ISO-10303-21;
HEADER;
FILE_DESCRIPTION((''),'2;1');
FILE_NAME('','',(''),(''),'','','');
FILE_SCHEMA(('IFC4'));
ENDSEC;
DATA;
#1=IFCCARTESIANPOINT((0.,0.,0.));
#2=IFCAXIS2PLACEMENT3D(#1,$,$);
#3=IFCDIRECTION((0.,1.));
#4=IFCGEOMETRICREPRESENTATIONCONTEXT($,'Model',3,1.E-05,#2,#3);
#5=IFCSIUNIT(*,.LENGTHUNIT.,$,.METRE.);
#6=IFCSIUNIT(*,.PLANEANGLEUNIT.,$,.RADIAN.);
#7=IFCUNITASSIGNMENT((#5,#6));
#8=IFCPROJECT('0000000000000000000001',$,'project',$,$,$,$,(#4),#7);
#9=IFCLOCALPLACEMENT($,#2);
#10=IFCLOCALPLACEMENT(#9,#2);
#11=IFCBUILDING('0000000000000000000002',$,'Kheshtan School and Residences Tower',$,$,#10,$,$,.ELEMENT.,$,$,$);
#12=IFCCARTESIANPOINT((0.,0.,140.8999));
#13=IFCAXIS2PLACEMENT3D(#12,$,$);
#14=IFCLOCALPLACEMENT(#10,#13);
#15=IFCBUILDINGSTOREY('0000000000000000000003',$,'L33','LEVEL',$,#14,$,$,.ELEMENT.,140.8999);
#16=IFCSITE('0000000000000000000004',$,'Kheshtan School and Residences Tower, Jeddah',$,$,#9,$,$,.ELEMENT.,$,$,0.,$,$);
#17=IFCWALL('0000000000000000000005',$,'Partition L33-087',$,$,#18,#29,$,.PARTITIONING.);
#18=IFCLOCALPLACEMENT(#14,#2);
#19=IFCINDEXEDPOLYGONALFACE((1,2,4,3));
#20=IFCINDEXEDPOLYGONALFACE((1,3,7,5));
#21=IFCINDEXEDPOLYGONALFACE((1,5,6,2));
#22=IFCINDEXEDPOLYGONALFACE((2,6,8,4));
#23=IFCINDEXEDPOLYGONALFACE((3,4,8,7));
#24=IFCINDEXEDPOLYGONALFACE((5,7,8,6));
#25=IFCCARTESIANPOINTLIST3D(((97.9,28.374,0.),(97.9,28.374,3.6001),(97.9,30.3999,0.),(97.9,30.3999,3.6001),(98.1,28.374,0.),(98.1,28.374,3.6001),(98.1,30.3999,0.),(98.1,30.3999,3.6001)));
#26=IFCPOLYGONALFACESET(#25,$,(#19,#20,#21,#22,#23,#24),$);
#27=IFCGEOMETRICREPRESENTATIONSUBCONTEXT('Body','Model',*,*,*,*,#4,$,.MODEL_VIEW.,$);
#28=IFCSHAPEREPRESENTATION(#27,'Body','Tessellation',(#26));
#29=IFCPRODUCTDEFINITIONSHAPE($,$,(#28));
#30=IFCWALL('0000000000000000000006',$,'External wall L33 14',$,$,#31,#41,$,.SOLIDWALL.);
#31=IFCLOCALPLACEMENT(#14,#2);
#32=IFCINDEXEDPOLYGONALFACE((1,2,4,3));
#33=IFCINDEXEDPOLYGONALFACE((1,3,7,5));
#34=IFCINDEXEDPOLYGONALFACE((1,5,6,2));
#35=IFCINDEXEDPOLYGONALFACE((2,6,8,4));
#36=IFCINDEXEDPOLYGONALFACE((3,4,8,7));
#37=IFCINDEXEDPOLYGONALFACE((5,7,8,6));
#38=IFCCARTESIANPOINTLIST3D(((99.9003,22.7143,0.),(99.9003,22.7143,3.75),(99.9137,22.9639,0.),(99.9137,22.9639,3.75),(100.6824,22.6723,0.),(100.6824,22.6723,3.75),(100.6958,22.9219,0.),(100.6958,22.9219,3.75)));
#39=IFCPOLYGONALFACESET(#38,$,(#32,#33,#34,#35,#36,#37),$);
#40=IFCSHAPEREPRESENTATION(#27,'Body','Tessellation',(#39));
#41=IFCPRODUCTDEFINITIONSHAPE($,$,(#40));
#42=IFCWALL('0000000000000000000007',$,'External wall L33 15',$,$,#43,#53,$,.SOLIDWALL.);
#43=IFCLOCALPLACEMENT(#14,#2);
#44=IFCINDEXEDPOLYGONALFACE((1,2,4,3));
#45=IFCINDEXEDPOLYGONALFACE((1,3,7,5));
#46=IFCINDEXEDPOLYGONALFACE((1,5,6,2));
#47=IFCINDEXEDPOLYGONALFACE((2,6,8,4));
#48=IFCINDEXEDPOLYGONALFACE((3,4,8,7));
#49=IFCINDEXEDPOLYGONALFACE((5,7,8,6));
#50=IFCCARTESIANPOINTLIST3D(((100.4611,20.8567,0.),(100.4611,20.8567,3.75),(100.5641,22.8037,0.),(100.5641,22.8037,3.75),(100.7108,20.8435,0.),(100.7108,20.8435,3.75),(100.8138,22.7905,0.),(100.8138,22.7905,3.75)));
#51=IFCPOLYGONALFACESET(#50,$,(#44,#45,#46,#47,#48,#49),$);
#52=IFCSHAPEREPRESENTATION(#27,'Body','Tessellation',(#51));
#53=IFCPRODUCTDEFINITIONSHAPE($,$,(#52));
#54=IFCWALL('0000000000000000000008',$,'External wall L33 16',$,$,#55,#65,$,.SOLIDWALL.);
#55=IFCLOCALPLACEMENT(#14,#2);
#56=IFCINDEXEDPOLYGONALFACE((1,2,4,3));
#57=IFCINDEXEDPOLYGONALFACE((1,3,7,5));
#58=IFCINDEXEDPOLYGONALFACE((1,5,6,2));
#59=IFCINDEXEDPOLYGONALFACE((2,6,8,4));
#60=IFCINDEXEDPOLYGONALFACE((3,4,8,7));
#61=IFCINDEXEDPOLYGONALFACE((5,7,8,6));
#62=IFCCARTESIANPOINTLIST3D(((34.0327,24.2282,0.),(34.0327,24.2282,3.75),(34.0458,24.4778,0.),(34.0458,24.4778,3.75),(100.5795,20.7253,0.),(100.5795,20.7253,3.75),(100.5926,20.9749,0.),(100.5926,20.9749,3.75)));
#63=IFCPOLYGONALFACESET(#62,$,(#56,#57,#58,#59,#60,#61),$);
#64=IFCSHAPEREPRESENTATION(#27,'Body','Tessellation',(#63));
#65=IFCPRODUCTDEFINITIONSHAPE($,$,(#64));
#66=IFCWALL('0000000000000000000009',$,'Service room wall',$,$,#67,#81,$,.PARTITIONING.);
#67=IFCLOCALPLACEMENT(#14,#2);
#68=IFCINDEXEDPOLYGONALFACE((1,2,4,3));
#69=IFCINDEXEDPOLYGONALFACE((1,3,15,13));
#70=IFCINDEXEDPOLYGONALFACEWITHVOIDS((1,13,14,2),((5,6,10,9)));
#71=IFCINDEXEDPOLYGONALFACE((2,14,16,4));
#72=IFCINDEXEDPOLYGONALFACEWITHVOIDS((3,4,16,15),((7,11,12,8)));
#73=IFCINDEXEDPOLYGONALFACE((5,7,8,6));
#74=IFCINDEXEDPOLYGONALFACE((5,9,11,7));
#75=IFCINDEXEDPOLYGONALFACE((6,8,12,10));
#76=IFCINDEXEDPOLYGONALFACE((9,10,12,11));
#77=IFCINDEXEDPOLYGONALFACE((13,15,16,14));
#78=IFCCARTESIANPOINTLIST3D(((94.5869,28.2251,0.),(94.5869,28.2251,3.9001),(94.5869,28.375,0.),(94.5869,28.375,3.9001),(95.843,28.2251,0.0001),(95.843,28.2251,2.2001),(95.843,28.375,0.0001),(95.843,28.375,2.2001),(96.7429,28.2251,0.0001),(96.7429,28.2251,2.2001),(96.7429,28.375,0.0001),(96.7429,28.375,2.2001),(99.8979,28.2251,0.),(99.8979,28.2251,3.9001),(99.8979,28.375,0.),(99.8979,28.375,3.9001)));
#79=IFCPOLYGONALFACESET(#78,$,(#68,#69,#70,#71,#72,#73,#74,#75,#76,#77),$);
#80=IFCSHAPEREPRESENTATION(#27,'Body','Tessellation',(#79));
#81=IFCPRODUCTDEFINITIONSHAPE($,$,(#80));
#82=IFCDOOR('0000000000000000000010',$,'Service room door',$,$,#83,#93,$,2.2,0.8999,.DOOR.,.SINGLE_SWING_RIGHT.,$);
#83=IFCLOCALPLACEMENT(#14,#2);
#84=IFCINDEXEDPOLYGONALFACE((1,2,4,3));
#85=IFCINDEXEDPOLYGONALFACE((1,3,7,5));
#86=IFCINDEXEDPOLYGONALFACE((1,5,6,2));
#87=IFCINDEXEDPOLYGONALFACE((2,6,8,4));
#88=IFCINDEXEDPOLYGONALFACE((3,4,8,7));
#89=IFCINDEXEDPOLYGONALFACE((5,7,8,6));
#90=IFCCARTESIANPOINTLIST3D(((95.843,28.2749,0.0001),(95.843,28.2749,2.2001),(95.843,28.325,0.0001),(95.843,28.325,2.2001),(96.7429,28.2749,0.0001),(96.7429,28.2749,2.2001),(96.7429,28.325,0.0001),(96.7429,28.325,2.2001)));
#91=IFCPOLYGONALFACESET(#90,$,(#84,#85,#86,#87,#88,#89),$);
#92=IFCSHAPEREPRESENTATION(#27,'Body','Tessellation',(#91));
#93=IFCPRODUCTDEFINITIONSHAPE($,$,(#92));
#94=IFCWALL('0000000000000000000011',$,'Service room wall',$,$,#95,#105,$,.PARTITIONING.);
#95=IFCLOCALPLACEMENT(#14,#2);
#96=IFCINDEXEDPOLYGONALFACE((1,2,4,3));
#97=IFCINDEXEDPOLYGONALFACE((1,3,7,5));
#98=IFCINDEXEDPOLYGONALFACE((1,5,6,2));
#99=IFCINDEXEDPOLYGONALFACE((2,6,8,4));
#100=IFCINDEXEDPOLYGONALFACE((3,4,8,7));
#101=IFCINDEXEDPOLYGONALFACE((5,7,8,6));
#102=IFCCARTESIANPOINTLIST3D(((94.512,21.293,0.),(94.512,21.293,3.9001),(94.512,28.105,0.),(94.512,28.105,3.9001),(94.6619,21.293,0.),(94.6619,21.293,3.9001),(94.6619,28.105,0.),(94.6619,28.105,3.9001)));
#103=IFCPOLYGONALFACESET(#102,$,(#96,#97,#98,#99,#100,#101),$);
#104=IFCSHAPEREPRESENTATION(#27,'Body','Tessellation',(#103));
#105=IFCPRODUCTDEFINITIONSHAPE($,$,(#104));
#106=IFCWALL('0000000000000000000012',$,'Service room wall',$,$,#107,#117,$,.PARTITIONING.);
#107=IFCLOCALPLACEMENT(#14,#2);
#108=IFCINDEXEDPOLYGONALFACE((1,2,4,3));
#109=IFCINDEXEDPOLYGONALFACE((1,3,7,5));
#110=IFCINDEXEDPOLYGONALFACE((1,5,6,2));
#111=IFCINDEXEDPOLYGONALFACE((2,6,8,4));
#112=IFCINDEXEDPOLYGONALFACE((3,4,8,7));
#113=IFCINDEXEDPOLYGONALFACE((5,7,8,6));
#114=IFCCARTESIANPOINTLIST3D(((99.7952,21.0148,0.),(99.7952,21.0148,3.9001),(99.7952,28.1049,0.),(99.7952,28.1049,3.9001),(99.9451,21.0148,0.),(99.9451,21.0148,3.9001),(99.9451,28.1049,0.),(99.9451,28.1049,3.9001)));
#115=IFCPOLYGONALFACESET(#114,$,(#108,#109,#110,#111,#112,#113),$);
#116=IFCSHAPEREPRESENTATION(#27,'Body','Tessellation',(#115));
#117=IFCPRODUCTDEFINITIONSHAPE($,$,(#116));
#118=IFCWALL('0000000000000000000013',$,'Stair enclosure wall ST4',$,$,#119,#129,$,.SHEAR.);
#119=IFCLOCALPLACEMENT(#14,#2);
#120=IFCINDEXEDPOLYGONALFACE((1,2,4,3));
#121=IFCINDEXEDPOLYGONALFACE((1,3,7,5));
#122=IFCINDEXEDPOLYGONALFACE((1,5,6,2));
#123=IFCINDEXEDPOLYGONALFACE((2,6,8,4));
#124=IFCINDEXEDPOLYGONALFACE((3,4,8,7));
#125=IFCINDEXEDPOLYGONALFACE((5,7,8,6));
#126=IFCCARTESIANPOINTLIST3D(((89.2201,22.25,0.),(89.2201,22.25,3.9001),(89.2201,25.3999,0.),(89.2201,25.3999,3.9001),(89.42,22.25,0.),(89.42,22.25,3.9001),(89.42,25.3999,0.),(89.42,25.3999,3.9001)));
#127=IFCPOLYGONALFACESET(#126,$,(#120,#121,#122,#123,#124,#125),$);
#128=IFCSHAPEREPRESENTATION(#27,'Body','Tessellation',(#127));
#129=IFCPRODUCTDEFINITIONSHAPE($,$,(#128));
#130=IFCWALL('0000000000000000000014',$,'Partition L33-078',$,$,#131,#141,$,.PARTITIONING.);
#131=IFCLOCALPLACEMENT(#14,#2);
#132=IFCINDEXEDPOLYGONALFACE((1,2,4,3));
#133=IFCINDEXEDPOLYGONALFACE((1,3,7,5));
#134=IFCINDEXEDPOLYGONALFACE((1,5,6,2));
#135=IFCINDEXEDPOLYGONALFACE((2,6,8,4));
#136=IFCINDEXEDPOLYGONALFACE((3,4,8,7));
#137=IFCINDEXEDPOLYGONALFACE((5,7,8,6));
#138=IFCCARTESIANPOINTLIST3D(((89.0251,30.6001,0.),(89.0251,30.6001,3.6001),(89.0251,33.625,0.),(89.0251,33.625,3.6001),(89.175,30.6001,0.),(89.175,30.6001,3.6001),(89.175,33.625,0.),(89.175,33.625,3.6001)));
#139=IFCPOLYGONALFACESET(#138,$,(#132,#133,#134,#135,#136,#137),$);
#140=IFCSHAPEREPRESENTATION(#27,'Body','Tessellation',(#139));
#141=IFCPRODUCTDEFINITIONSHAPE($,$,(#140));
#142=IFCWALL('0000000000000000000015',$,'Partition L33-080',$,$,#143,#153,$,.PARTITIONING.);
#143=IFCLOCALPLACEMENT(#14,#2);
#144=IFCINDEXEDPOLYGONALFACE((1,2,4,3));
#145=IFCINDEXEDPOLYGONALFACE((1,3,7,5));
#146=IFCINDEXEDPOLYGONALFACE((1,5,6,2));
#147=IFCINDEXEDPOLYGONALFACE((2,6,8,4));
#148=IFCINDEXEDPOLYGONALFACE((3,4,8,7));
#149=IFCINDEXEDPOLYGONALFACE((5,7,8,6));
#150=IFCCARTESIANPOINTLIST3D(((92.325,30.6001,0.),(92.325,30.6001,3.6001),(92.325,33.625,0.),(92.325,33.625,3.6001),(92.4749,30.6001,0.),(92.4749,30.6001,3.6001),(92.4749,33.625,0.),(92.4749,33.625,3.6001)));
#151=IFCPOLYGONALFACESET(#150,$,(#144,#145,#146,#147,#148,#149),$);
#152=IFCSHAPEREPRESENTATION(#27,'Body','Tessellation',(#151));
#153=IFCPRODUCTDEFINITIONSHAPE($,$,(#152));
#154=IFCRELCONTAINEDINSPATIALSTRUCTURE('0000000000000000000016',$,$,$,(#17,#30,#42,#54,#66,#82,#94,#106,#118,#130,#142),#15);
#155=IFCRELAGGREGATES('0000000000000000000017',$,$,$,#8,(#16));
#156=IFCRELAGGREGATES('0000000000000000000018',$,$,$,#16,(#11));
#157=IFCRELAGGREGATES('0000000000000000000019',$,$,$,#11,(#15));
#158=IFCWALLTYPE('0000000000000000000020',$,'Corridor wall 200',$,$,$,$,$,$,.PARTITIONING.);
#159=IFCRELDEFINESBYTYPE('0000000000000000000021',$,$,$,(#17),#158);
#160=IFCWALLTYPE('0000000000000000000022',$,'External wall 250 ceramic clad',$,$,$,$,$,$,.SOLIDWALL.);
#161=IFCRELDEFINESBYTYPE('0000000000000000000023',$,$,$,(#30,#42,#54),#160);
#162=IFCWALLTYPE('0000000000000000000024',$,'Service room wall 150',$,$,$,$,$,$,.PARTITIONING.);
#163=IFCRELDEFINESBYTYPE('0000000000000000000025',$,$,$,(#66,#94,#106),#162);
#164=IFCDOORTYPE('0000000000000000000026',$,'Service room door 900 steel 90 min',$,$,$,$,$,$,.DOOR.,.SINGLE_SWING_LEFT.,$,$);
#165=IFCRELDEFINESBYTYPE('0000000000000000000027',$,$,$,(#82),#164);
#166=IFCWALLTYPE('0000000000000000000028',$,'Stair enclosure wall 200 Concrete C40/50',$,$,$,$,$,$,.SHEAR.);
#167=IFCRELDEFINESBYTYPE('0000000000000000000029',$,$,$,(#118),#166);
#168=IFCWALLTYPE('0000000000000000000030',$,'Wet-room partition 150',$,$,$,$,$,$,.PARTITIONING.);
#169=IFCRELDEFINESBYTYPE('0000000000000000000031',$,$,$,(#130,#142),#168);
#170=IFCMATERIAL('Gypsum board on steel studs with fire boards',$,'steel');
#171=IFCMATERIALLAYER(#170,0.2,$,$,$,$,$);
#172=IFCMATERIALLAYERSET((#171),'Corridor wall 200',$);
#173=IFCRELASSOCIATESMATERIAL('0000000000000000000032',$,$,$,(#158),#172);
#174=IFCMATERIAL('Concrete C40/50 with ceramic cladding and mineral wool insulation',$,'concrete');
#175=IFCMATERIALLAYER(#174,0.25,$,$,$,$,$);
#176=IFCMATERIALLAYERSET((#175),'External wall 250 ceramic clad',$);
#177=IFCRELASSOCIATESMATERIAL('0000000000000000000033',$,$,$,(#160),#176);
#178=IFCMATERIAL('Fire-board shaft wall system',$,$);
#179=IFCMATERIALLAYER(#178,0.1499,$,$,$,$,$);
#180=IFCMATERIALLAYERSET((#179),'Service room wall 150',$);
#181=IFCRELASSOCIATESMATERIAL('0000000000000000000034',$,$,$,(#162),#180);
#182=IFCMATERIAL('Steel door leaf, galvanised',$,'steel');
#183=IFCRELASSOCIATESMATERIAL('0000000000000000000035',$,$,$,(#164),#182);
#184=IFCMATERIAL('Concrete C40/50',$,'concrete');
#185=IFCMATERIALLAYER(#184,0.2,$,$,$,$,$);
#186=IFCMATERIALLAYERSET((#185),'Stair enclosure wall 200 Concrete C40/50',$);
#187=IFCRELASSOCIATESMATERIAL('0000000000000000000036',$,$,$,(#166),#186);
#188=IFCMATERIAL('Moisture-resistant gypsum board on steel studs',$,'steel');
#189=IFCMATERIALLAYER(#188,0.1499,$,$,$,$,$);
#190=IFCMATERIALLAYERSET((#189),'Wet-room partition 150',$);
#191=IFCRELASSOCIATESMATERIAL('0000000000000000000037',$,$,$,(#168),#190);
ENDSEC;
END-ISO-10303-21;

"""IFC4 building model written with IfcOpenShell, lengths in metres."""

from ifc_helpers import new_model, si_unit, direction, frame, frame_2d, origin, place, context, subcontext, project, spatial, rectangle, extrude, source, transform, mapped, material, layer, layer_set, type_object, element, fill, save


model = new_model("IFC4")

# Units and contexts
model_context = context("Model", 3, precision=1e-05, world=origin(), true_north=direction((0.0, 1.0)))
body_context = subcontext(model_context, "Body", "Model", "MODEL_VIEW")
ifc_project = project(units=[si_unit("LENGTHUNIT", "METRE"), si_unit("PLANEANGLEUNIT", "RADIAN")], contexts=[model_context])

# Site, building, storey
site_placement = place(None, origin())
site = spatial("IfcSite", under=ifc_project, at=site_placement, Name="Kheshtan School and Residences Tower, Jeddah", CompositionType="ELEMENT", RefElevation=0.0)
building_placement = place(site_placement, origin())
building = spatial("IfcBuilding", under=site, at=building_placement, Name="Kheshtan School and Residences Tower", CompositionType="ELEMENT")
storey_placement = place(building_placement, frame((0.0, 0.0, 140.8999)))
storey = spatial("IfcBuildingStorey", under=building, at=storey_placement, Name="L33", Description="LEVEL", CompositionType="ELEMENT", Elevation=140.8999)

# Walls
ifc_material_1 = material(Name="Gypsum board on steel studs with fire boards", Category="steel")
ifc_layer_1 = layer(ifc_material_1, 0.2)
ifc_layer_set_1 = layer_set([ifc_layer_1], Name="Corridor wall 200")
wall_type_1 = type_object("IfcWallType", Name="Corridor wall 200", PredefinedType="PARTITIONING", material=ifc_layer_set_1)
wall_1_placement = place(storey_placement, frame((98.0, 28.374, 0.0), z_axis=(0.0, 0.0, 1.0), x_axis=(0.0, 1.0, 0.0)))
element("IfcWall", 1, at=wall_1_placement, inside=storey, type_object=wall_type_1, Name="Partition L33-087", PredefinedType="PARTITIONING", context=body_context, shape_type="SweptSolid", body=[
    extrude(rectangle(XDim=2.0259, YDim=0.2, at=frame_2d((1.0129, 0.0))), origin(), (0.0, 0.0, 1.0), 3.6001),
])
ifc_material_2 = material(Name="Concrete C40/50 with ceramic cladding and mineral wool insulation", Category="concrete")
ifc_layer_2 = layer(ifc_material_2, 0.25)
ifc_layer_set_2 = layer_set([ifc_layer_2], Name="External wall 250 ceramic clad")
wall_type_2 = type_object("IfcWallType", Name="External wall 250 ceramic clad", PredefinedType="SOLIDWALL", material=ifc_layer_set_2)
wall_2_placement = place(storey_placement, frame((99.907, 22.8391, 0.0), z_axis=(0.0, 0.0, 1.0), x_axis=(0.998561, -0.053622, 0.0)))
element("IfcWall", 2, at=wall_2_placement, inside=storey, type_object=wall_type_2, Name="External wall L33 14", PredefinedType="SOLIDWALL", context=body_context, shape_type="SweptSolid", body=[
    extrude(rectangle(XDim=0.7832, YDim=0.25, at=frame_2d((0.3916, 0.0))), origin(), (0.0, 0.0, 1.0), 3.75),
])
wall_3_placement = place(storey_placement, frame((100.689, 22.7971, 0.0), z_axis=(0.0, 0.0, 1.0), x_axis=(-0.052841, -0.998603, 0.0)))
element("IfcWall", 3, at=wall_3_placement, inside=storey, type_object=wall_type_2, Name="External wall L33 15", PredefinedType="SOLIDWALL", context=body_context, shape_type="SweptSolid", body=[
    extrude(rectangle(XDim=1.9497, YDim=0.25, at=frame_2d((0.9749, 0.0))), origin(), (0.0, 0.0, 1.0), 3.75),
])
wall_4_placement = place(storey_placement, frame((100.5859, 20.8501, 0.0), z_axis=(0.0, 0.0, 1.0), x_axis=(-0.998617, 0.052566, 0.0)))
element("IfcWall", 4, at=wall_4_placement, inside=storey, type_object=wall_type_2, Name="External wall L33 16", PredefinedType="SOLIDWALL", context=body_context, shape_type="SweptSolid", body=[
    extrude(rectangle(XDim=66.6389, YDim=0.25, at=frame_2d((33.3193, 0.0))), origin(), (0.0, 0.0, 1.0), 3.75),
])

# Wall, opening, door
ifc_material_3 = material(Name="Fire-board shaft wall system")
ifc_layer_3 = layer(ifc_material_3, 0.1499)
ifc_layer_set_3 = layer_set([ifc_layer_3], Name="Service room wall 150")
wall_type_3 = type_object("IfcWallType", Name="Service room wall 150", PredefinedType="PARTITIONING", material=ifc_layer_set_3)
wall_5_placement = place(storey_placement, frame((94.5869, 28.3, 0.0), z_axis=(0.0, 0.0, 1.0), x_axis=(1.0, 0.0, 0.0)))
wall_5 = element("IfcWall", 5, at=wall_5_placement, inside=storey, type_object=wall_type_3, Name="Service room wall", PredefinedType="PARTITIONING", context=body_context, shape_type="SweptSolid", body=[
    extrude(rectangle(XDim=5.311, YDim=0.1499, at=frame_2d((2.6555, 0.0))), origin(), (0.0, 0.0, 1.0), 3.9001),
])
opening_1_placement = place(wall_5_placement, frame((1.2561, 0.0, 0.0)))
opening_1 = element("IfcOpeningElement", 6, at=opening_1_placement, cuts=wall_5, PredefinedType="OPENING", context=body_context, shape_type="SweptSolid", body=[
    extrude(rectangle(XDim=0.8999, YDim=2.2, at=frame_2d((0.45, 1.1001))), frame((0.0, 0.085, 0.0), z_axis=(0.0, -1.0, 0.0), x_axis=(1.0, 0.0, 0.0)), (0.0, 0.0, 1.0), 0.1699),
])
ifc_material_4 = material(Name="Steel door leaf, galvanised", Category="steel")
door_type_1 = type_object("IfcDoorType", Name="Service room door 900 steel 90 min", OperationType="SINGLE_SWING_LEFT", PredefinedType="DOOR", material=ifc_material_4)
shared_shape_1 = source(origin(), body_context, "Body", "SweptSolid", [
    extrude(rectangle(XDim=0.8999, YDim=2.2, at=frame_2d((0.45, 1.1001))), frame((0.0, 0.0249, 0.0), z_axis=(0.0, -1.0, 0.0), x_axis=(1.0, 0.0, 0.0)), (0.0, 0.0, 1.0), 0.05),
])
door_1_placement = place(opening_1_placement, origin())
door_1 = element("IfcDoor", 7, at=door_1_placement, inside=storey, type_object=door_type_1, Name="Service room door", OperationType="SINGLE_SWING_RIGHT", OverallHeight=2.2, OverallWidth=0.8999, PredefinedType="DOOR", context=body_context, shape_type="MappedRepresentation", body=[
    mapped(shared_shape_1, transform((0.0, 0.0, 0.0), x_axis=(1.0, 0.0, 0.0), y_axis=(0.0, 1.0, 0.0), z_axis=(0.0, 0.0, 1.0), scale=1.0)),
])
fill(opening_1, door_1)

# Walls
wall_6_placement = place(storey_placement, frame((94.5869, 21.293, 0.0), z_axis=(0.0, 0.0, 1.0), x_axis=(0.0, 1.0, 0.0)))
element("IfcWall", 8, at=wall_6_placement, inside=storey, type_object=wall_type_3, Name="Service room wall", PredefinedType="PARTITIONING", context=body_context, shape_type="SweptSolid", body=[
    extrude(rectangle(XDim=6.812, YDim=0.1499, at=frame_2d((3.406, 0.0))), origin(), (0.0, 0.0, 1.0), 3.9001),
])
wall_7_placement = place(storey_placement, frame((99.8701, 21.0149, 0.0), z_axis=(0.0, 0.0, 1.0), x_axis=(0.0, 1.0, 0.0)))
element("IfcWall", 9, at=wall_7_placement, inside=storey, type_object=wall_type_3, Name="Service room wall", PredefinedType="PARTITIONING", context=body_context, shape_type="SweptSolid", body=[
    extrude(rectangle(XDim=7.0901, YDim=0.1499, at=frame_2d((3.5449, 0.0))), origin(), (0.0, 0.0, 1.0), 3.9001),
])
ifc_material_5 = material(Name="Concrete C40/50", Category="concrete")
ifc_layer_4 = layer(ifc_material_5, 0.2)
ifc_layer_set_4 = layer_set([ifc_layer_4], Name="Stair enclosure wall 200 Concrete C40/50")
wall_type_4 = type_object("IfcWallType", Name="Stair enclosure wall 200 Concrete C40/50", PredefinedType="SHEAR", material=ifc_layer_set_4)
wall_8_placement = place(storey_placement, frame((89.3201, 22.25, 0.0), z_axis=(0.0, 0.0, 1.0), x_axis=(0.0, 1.0, 0.0)))
element("IfcWall", 10, at=wall_8_placement, inside=storey, type_object=wall_type_4, Name="Stair enclosure wall ST4", PredefinedType="SHEAR", context=body_context, shape_type="SweptSolid", body=[
    extrude(rectangle(XDim=3.1499, YDim=0.2, at=frame_2d((1.575, 0.0))), origin(), (0.0, 0.0, 1.0), 3.9001),
])
ifc_material_6 = material(Name="Moisture-resistant gypsum board on steel studs", Category="steel")
ifc_layer_5 = layer(ifc_material_6, 0.1499)
ifc_layer_set_5 = layer_set([ifc_layer_5], Name="Wet-room partition 150")
wall_type_5 = type_object("IfcWallType", Name="Wet-room partition 150", PredefinedType="PARTITIONING", material=ifc_layer_set_5)
for number, where, z_axis, x_axis, name in (
    (11, (89.1001, 30.6001, 0.0), (0.0, 0.0, 1.0), (0.0, 1.0, 0.0), "Partition L33-078"),
    (12, (92.3999, 30.6001, 0.0), (0.0, 0.0, 1.0), (0.0, 1.0, 0.0), "Partition L33-080"),
):
    element("IfcWall", number, at=place(storey_placement, frame(where, z_axis=z_axis, x_axis=x_axis)), inside=storey, type_object=wall_type_5, Name=name, PredefinedType="PARTITIONING", context=body_context, shape_type="SweptSolid", body=[
        extrude(rectangle(XDim=3.0249, YDim=0.1499, at=frame_2d((1.5125, 0.0))), origin(), (0.0, 0.0, 1.0), 3.6001),
    ])

save(model, "model.ifc")
